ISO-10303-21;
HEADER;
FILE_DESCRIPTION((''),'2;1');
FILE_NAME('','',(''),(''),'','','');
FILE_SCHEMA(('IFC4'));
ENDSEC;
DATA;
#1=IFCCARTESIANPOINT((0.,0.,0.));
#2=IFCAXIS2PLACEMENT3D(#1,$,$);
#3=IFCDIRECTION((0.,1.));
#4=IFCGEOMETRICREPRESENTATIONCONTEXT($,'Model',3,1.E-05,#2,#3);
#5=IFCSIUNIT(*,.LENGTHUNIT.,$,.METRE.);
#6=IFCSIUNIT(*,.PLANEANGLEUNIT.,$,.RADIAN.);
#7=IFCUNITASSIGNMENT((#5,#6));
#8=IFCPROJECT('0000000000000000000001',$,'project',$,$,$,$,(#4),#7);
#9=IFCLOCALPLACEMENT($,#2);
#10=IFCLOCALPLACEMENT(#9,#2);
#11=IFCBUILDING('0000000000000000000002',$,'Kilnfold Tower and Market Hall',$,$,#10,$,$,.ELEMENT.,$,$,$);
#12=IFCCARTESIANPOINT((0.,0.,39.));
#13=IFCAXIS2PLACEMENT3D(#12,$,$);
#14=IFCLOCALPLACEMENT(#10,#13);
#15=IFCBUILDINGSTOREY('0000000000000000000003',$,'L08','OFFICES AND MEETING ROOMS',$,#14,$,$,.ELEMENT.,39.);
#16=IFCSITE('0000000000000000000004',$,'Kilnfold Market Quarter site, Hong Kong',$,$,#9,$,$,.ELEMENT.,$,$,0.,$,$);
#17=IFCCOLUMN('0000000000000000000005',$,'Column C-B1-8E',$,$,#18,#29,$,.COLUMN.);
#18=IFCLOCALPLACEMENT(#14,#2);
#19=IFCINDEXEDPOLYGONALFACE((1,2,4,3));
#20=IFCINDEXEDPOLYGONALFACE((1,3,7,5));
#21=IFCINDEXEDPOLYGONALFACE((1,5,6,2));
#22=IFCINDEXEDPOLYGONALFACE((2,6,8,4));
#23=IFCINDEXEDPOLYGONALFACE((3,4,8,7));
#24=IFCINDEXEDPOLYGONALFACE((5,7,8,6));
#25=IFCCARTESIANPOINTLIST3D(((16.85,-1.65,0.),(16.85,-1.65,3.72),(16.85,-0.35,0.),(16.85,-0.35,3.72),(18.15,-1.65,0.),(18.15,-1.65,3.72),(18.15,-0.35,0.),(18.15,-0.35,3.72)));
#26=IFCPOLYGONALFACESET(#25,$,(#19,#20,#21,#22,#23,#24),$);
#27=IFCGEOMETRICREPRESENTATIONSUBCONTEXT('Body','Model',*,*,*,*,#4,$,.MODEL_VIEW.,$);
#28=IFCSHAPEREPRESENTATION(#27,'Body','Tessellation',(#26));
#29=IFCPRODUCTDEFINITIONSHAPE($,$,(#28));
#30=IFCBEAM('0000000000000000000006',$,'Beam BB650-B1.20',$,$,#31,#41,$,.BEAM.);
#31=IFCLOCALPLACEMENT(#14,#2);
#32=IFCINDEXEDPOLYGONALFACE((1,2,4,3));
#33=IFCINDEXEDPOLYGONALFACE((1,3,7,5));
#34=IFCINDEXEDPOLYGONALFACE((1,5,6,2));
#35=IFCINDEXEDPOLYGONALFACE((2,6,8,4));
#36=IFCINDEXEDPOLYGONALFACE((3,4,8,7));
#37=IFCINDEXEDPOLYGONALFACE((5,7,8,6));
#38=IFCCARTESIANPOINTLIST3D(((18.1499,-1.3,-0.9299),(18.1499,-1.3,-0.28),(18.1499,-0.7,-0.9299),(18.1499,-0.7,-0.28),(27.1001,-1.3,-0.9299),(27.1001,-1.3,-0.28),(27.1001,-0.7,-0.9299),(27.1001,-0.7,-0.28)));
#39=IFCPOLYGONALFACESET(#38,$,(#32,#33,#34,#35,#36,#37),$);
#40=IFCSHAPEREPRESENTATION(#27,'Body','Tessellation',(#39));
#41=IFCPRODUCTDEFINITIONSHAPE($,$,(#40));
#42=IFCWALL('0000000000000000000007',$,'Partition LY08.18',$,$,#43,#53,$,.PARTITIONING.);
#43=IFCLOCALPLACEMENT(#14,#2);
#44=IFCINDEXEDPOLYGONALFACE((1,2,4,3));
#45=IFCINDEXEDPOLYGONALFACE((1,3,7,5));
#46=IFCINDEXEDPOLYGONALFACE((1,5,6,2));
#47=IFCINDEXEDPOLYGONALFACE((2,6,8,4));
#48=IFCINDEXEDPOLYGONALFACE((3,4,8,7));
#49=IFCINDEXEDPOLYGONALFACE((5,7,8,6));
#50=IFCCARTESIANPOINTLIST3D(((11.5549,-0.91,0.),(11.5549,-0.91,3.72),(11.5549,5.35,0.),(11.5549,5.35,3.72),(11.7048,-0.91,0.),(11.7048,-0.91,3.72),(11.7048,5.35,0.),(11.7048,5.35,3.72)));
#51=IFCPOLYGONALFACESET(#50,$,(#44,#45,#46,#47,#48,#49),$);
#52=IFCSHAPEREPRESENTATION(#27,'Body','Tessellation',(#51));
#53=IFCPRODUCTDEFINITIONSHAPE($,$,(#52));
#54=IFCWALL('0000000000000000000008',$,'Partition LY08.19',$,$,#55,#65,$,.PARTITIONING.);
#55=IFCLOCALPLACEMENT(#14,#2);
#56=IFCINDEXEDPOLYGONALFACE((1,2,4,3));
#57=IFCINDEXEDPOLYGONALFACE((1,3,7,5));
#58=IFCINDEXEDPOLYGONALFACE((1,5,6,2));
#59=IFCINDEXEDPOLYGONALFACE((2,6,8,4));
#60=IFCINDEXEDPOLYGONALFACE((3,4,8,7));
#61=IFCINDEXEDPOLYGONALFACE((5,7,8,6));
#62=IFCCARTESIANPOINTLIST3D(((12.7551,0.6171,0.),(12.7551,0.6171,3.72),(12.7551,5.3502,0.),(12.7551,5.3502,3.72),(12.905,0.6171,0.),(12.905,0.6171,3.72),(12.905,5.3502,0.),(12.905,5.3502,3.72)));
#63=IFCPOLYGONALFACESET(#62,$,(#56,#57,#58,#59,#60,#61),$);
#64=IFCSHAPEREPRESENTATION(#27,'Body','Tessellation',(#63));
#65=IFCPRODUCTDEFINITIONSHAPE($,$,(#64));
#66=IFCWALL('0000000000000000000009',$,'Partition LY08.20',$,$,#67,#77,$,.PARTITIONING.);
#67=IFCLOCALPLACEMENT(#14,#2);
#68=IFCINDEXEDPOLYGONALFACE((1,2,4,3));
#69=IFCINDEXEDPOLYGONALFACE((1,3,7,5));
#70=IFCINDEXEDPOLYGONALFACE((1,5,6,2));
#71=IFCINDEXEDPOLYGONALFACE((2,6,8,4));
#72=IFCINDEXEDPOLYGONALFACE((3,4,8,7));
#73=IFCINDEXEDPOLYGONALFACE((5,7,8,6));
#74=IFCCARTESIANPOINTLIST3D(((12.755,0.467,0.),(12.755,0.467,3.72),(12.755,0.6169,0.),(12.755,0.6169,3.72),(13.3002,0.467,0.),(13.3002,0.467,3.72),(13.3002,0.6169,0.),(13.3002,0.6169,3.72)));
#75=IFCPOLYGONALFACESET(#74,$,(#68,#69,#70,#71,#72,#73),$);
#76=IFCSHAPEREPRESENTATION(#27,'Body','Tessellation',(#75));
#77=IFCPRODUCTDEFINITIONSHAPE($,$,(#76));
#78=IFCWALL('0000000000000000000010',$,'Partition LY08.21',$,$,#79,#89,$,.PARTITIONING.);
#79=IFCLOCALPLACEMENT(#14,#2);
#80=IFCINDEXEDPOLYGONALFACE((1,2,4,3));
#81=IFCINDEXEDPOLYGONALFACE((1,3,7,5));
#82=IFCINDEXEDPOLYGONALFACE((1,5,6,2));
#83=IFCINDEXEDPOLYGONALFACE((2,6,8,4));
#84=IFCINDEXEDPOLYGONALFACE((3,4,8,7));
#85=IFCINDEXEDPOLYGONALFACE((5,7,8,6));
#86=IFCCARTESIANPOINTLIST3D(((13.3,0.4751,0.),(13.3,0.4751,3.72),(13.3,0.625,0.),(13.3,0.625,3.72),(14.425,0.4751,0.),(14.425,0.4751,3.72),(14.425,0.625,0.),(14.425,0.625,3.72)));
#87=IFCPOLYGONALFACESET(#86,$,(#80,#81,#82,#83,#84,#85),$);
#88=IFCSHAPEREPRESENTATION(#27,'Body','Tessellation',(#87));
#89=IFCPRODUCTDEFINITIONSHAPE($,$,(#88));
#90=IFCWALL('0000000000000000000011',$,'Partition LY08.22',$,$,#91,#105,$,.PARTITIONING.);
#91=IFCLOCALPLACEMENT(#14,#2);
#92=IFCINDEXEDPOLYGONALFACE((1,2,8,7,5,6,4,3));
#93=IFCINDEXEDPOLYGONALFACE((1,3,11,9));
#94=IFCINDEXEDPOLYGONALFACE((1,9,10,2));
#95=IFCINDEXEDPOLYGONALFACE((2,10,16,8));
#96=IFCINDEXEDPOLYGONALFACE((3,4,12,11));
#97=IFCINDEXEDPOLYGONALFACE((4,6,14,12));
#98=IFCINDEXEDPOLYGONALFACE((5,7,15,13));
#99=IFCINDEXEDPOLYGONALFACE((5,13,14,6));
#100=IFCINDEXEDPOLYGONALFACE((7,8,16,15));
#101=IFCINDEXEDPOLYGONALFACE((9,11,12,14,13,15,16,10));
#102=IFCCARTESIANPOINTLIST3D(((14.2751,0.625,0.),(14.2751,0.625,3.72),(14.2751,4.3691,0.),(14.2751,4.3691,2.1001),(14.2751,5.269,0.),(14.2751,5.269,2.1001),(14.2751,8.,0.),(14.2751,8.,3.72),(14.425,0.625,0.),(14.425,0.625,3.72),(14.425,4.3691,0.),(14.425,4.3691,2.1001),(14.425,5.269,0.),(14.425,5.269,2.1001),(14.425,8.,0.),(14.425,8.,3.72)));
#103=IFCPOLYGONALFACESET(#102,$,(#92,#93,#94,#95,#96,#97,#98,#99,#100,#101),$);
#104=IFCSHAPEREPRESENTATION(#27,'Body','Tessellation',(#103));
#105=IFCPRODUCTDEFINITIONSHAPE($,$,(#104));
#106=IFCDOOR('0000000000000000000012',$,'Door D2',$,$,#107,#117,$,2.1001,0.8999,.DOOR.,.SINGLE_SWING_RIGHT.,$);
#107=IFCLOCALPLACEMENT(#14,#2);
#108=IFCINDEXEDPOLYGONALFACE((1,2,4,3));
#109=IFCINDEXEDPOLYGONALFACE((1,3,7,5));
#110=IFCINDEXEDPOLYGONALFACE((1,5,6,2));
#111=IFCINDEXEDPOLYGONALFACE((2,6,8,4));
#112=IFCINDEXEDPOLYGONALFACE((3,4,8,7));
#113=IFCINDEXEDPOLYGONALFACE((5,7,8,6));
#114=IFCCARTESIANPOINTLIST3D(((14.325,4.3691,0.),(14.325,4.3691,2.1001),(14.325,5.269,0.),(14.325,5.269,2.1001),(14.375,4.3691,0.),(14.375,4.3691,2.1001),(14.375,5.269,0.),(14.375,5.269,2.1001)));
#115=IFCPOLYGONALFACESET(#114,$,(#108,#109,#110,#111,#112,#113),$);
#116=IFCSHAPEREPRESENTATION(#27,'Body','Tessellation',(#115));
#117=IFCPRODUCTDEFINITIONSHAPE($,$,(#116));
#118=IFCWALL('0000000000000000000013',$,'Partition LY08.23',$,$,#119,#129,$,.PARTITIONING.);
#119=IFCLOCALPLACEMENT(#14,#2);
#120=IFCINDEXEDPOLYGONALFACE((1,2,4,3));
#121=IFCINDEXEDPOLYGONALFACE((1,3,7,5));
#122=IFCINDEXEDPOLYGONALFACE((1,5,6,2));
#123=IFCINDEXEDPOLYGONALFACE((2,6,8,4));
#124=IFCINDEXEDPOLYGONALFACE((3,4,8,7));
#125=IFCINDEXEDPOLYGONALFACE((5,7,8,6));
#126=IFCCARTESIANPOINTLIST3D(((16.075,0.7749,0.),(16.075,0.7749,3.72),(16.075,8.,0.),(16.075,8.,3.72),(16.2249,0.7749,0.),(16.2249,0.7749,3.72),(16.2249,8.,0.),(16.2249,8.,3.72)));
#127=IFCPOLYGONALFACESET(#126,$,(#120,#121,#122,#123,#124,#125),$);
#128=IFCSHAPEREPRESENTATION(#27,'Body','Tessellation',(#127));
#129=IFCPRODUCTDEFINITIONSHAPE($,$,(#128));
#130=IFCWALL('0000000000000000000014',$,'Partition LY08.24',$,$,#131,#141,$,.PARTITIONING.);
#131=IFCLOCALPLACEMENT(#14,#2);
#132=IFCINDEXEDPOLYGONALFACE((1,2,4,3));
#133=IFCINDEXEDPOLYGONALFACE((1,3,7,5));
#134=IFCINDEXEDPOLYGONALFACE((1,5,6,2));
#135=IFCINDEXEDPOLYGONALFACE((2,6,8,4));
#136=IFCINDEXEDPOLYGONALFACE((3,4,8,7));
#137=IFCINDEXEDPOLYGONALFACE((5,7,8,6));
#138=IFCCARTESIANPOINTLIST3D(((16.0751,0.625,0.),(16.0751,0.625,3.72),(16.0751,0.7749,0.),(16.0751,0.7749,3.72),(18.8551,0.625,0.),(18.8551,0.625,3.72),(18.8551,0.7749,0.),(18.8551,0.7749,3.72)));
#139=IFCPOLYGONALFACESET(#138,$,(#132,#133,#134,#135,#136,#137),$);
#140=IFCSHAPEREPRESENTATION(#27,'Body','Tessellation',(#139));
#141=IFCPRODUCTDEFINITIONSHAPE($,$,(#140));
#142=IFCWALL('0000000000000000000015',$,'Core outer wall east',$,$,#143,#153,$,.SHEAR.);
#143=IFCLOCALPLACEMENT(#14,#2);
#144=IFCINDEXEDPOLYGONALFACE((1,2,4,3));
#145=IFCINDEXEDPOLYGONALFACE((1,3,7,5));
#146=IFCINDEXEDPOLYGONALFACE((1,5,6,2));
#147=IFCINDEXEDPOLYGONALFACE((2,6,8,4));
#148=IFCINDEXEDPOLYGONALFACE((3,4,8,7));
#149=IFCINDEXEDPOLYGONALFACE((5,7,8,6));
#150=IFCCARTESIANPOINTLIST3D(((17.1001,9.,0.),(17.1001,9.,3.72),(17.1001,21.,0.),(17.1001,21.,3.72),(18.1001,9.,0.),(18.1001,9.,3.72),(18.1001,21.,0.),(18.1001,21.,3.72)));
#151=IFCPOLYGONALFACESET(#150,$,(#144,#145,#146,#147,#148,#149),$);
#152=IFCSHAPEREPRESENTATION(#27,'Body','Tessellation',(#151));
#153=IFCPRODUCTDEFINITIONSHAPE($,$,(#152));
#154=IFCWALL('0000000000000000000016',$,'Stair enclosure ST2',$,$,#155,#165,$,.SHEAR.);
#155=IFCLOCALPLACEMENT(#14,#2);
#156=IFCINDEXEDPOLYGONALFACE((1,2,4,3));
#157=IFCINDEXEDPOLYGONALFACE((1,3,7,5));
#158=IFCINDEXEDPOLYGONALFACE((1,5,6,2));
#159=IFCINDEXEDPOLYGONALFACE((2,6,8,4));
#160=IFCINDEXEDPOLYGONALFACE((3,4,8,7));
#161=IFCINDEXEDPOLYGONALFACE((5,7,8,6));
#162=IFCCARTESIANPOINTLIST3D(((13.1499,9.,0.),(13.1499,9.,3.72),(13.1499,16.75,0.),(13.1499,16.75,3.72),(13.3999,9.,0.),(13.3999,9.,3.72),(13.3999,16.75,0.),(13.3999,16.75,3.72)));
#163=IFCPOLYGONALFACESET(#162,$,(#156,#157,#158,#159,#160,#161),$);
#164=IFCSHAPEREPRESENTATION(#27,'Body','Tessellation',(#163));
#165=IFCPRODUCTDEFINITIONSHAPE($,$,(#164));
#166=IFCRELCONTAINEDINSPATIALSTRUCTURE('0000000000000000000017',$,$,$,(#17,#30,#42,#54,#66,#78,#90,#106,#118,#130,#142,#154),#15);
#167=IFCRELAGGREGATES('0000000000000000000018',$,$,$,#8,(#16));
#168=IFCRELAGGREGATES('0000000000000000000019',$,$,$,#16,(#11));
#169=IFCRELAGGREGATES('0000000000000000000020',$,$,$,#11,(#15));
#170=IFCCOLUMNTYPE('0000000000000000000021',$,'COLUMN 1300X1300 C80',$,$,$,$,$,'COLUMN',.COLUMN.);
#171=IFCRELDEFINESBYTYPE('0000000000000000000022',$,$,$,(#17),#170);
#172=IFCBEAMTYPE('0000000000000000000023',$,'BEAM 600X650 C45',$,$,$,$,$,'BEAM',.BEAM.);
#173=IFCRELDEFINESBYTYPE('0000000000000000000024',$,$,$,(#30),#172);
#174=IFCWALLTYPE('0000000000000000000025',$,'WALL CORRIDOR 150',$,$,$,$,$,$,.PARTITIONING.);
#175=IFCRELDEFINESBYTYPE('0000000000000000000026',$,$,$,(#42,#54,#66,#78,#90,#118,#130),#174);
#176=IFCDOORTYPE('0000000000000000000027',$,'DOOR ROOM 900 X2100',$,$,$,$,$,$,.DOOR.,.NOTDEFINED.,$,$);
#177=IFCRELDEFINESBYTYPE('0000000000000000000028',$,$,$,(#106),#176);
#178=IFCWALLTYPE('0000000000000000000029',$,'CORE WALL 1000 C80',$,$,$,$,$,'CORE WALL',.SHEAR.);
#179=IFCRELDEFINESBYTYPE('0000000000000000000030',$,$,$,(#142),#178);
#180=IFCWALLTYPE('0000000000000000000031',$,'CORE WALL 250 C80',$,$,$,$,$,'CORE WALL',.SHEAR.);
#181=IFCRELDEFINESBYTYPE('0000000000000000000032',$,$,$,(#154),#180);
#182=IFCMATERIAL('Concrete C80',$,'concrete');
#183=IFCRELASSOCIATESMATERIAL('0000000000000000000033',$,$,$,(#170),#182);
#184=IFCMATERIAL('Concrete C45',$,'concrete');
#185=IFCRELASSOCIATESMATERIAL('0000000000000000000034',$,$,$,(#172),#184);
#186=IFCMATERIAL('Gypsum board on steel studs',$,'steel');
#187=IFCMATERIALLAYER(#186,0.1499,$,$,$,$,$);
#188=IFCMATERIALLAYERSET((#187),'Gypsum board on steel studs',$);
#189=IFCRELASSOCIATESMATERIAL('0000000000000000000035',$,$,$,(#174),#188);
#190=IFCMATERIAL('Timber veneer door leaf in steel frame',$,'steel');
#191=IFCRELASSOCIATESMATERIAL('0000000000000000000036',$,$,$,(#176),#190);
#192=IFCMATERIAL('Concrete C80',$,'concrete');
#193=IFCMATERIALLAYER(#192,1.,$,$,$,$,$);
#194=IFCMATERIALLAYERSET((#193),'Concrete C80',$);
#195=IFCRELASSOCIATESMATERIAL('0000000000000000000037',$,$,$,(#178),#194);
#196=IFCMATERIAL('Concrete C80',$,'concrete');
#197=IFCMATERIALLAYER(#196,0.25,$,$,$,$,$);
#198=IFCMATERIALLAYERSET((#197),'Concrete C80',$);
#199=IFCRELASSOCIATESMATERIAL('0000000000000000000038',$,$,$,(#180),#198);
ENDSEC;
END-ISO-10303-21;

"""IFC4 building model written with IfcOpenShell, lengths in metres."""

from ifc_helpers import new_model, si_unit, direction, frame, frame_2d, origin, origin_2d, place, context, subcontext, project, spatial, rectangle, extrude, source, transform, mapped, material, layer, layer_set, material_profile, profile_set, type_object, element, fill, save


model = new_model("IFC4")

# Units and contexts
model_context = context("Model", 3, precision=1e-05, world=origin(), true_north=direction((0.0, 1.0)))
body_context = subcontext(model_context, "Body", "Model", "MODEL_VIEW")
ifc_project = project(units=[si_unit("LENGTHUNIT", "METRE"), si_unit("PLANEANGLEUNIT", "RADIAN")], contexts=[model_context])

# Site, building, storey
site_placement = place(None, origin())
site = spatial("IfcSite", under=ifc_project, at=site_placement, Name="Kilnfold Market Quarter site, Hong Kong", CompositionType="ELEMENT", RefElevation=0.0)
building_placement = place(site_placement, origin())
building = spatial("IfcBuilding", under=site, at=building_placement, Name="Kilnfold Tower and Market Hall", CompositionType="ELEMENT")
storey_placement = place(building_placement, frame((0.0, 0.0, 39.0)))
storey = spatial("IfcBuildingStorey", under=building, at=storey_placement, Name="L08", Description="OFFICES AND MEETING ROOMS", CompositionType="ELEMENT", Elevation=39.0)

# Column
ifc_material_1 = material(Name="Concrete C80", Category="concrete")
ifc_material_profile_1 = material_profile(ifc_material_1, rectangle(XDim=1.3, YDim=1.3, at=origin_2d()), Name="RC 1300x1300")
ifc_profile_set_1 = profile_set([ifc_material_profile_1], Name="Concrete C80")
column_type = type_object("IfcColumnType", Name="COLUMN 1300X1300 C80", ElementType="COLUMN", PredefinedType="COLUMN", material=ifc_profile_set_1)
shared_shape_1 = source(origin(), body_context, "Body", "SweptSolid", [
    extrude(rectangle(XDim=1.3, YDim=1.3, at=origin_2d()), origin(), (0.0, 0.0, 1.0), 3.72),
])
column_placement = place(storey_placement, frame((17.5, -1.0, 0.0), z_axis=(0.0, 0.0, 1.0), x_axis=(1.0, 0.0, 0.0)))
element("IfcColumn", 1, at=column_placement, inside=storey, type_object=column_type, Name="Column C-B1-8E", PredefinedType="COLUMN", context=body_context, shape_type="MappedRepresentation", body=[
    mapped(shared_shape_1, transform((0.0, 0.0, 0.0))),
])

# Beam
ifc_material_2 = material(Name="Concrete C45", Category="concrete")
ifc_material_profile_2 = material_profile(ifc_material_2, rectangle(XDim=0.6001, YDim=0.6499, at=origin_2d()), Name="RC 600x650")
ifc_profile_set_2 = profile_set([ifc_material_profile_2], Name="Concrete C45")
beam_type = type_object("IfcBeamType", Name="BEAM 600X650 C45", ElementType="BEAM", PredefinedType="BEAM", material=ifc_profile_set_2)
shared_shape_2 = source(origin(), body_context, "Body", "SweptSolid", [
    extrude(rectangle(XDim=0.6001, YDim=0.6499, at=origin_2d()), origin(), (0.0, 0.0, 1.0), 8.9502),
])
beam_placement = place(storey_placement, frame((18.1499, -1.0, -0.605), z_axis=(1.0, 0.0, 0.0), x_axis=(0.0, 1.0, 0.0)))
element("IfcBeam", 2, at=beam_placement, inside=storey, type_object=beam_type, Name="Beam BB650-B1.20", PredefinedType="BEAM", context=body_context, shape_type="MappedRepresentation", body=[
    mapped(shared_shape_2, transform((0.0, 0.0, 0.0))),
])

# Walls
ifc_material_3 = material(Name="Gypsum board on steel studs", Category="steel")
ifc_layer_1 = layer(ifc_material_3, 0.1499)
ifc_layer_set_1 = layer_set([ifc_layer_1], Name="Gypsum board on steel studs")
wall_type_1 = type_object("IfcWallType", Name="WALL CORRIDOR 150", PredefinedType="PARTITIONING", material=ifc_layer_set_1)
wall_1_placement = place(storey_placement, frame((11.6299, -0.9099, 0.0), z_axis=(0.0, 0.0, 1.0), x_axis=(0.0, 1.0, 0.0)))
element("IfcWall", 3, at=wall_1_placement, inside=storey, type_object=wall_type_1, Name="Partition LY08.18", PredefinedType="PARTITIONING", context=body_context, shape_type="SweptSolid", body=[
    extrude(rectangle(XDim=6.26, YDim=0.1499, at=frame_2d((3.1299, 0.0))), origin(), (0.0, 0.0, 1.0), 3.72),
])
wall_2_placement = place(storey_placement, frame((12.8301, 0.6169, 0.0), z_axis=(0.0, 0.0, 1.0), x_axis=(0.0, 1.0, 0.0)))
element("IfcWall", 4, at=wall_2_placement, inside=storey, type_object=wall_type_1, Name="Partition LY08.19", PredefinedType="PARTITIONING", context=body_context, shape_type="SweptSolid", body=[
    extrude(rectangle(XDim=4.7332, YDim=0.1499, at=frame_2d((2.3667, 0.0))), origin(), (0.0, 0.0, 1.0), 3.72),
])
wall_3_placement = place(storey_placement, frame((13.3, 0.542, 0.0), z_axis=(0.0, 0.0, 1.0), x_axis=(-1.0, 0.0, 0.0)))
element("IfcWall", 5, at=wall_3_placement, inside=storey, type_object=wall_type_1, Name="Partition LY08.20", PredefinedType="PARTITIONING", context=body_context, shape_type="SweptSolid", body=[
    extrude(rectangle(XDim=0.5452, YDim=0.1499, at=frame_2d((0.2725, 0.0))), origin(), (0.0, 0.0, 1.0), 3.72),
])
wall_4_placement = place(storey_placement, frame((13.3, 0.55, 0.0), z_axis=(0.0, 0.0, 1.0), x_axis=(1.0, 0.0, 0.0)))
element("IfcWall", 6, at=wall_4_placement, inside=storey, type_object=wall_type_1, Name="Partition LY08.21", PredefinedType="PARTITIONING", context=body_context, shape_type="SweptSolid", body=[
    extrude(rectangle(XDim=1.125, YDim=0.1499, at=frame_2d((0.5625, 0.0))), origin(), (0.0, 0.0, 1.0), 3.72),
])

# Wall, opening, door
wall_5_placement = place(storey_placement, frame((14.3501, 8.0, 0.0), z_axis=(0.0, 0.0, 1.0), x_axis=(0.0, -1.0, 0.0)))
wall_5 = element("IfcWall", 7, at=wall_5_placement, inside=storey, type_object=wall_type_1, Name="Partition LY08.22", PredefinedType="PARTITIONING", context=body_context, shape_type="SweptSolid", body=[
    extrude(rectangle(XDim=7.375, YDim=0.1499, at=frame_2d((3.6875, 0.0))), origin(), (0.0, 0.0, 1.0), 3.72),
])
opening_1_placement = place(wall_5_placement, frame((2.731, 0.0, 0.0)))
opening_1 = element("IfcOpeningElement", 8, at=opening_1_placement, cuts=wall_5, PredefinedType="OPENING", context=body_context, shape_type="SweptSolid", body=[
    extrude(rectangle(XDim=0.8999, YDim=2.1001, at=frame_2d((0.45, 1.05))), frame((0.0, 0.085, 0.0), z_axis=(0.0, -1.0, 0.0), x_axis=(1.0, 0.0, 0.0)), (0.0, 0.0, 1.0), 0.1699),
])
ifc_material_4 = material(Name="Timber veneer door leaf in steel frame", Category="steel")
door_type_1 = type_object("IfcDoorType", Name="DOOR ROOM 900 X2100", OperationType="NOTDEFINED", PredefinedType="DOOR", material=ifc_material_4)
door_1_placement = place(opening_1_placement, origin())
door_1 = element("IfcDoor", 9, at=door_1_placement, inside=storey, type_object=door_type_1, Name="Door D2", OperationType="SINGLE_SWING_RIGHT", OverallHeight=2.1001, OverallWidth=0.8999, PredefinedType="DOOR", context=body_context, shape_type="SweptSolid", body=[
    extrude(rectangle(XDim=0.8999, YDim=2.1001, at=frame_2d((0.45, 1.05))), frame((0.0, 0.0249, 0.0), z_axis=(0.0, -1.0, 0.0), x_axis=(1.0, 0.0, 0.0)), (0.0, 0.0, 1.0), 0.05),
])
fill(opening_1, door_1)

# Walls
wall_6_placement = place(storey_placement, frame((16.1499, 0.7749, 0.0), z_axis=(0.0, 0.0, 1.0), x_axis=(0.0, 1.0, 0.0)))
element("IfcWall", 10, at=wall_6_placement, inside=storey, type_object=wall_type_1, Name="Partition LY08.23", PredefinedType="PARTITIONING", context=body_context, shape_type="SweptSolid", body=[
    extrude(rectangle(XDim=7.2251, YDim=0.1499, at=frame_2d((3.6125, 0.0))), origin(), (0.0, 0.0, 1.0), 3.72),
])
wall_7_placement = place(storey_placement, frame((16.075, 0.7, 0.0), z_axis=(0.0, 0.0, 1.0), x_axis=(1.0, 0.0, 0.0)))
element("IfcWall", 11, at=wall_7_placement, inside=storey, type_object=wall_type_1, Name="Partition LY08.24", PredefinedType="PARTITIONING", context=body_context, shape_type="SweptSolid", body=[
    extrude(rectangle(XDim=2.78, YDim=0.1499, at=frame_2d((1.3901, 0.0))), origin(), (0.0, 0.0, 1.0), 3.72),
])

# Shared definitions
ifc_material_5 = material(Name="Concrete C80", Category="concrete")
ifc_layer_2 = layer(ifc_material_5, 1.0)
ifc_layer_set_2 = layer_set([ifc_layer_2], Name="Concrete C80")
wall_type_2 = type_object("IfcWallType", Name="CORE WALL 1000 C80", ElementType="CORE WALL", PredefinedType="SHEAR", material=ifc_layer_set_2)

# Walls
shared_shape_3 = source(origin(), body_context, "Body", "SweptSolid", [
    extrude(rectangle(XDim=12.0, YDim=1.0, at=frame_2d((6.0, 0.0))), origin(), (0.0, 0.0, 1.0), 3.72),
])
wall_8_placement = place(storey_placement, frame((17.6001, 9.0, 0.0), z_axis=(0.0, 0.0, 1.0), x_axis=(0.0, 1.0, 0.0)))
element("IfcWall", 12, at=wall_8_placement, inside=storey, type_object=wall_type_2, Name="Core outer wall east", PredefinedType="SHEAR", context=body_context, shape_type="MappedRepresentation", body=[
    mapped(shared_shape_3, transform((0.0, 0.0, 0.0))),
])
ifc_material_6 = material(Name="Concrete C80", Category="concrete")
ifc_layer_3 = layer(ifc_material_6, 0.25)
ifc_layer_set_3 = layer_set([ifc_layer_3], Name="Concrete C80")
wall_type_3 = type_object("IfcWallType", Name="CORE WALL 250 C80", ElementType="CORE WALL", PredefinedType="SHEAR", material=ifc_layer_set_3)
shared_shape_4 = source(origin(), body_context, "Body", "SweptSolid", [
    extrude(rectangle(XDim=7.75, YDim=0.25, at=frame_2d((3.875, 0.0))), origin(), (0.0, 0.0, 1.0), 3.72),
])
wall_9_placement = place(storey_placement, frame((13.2749, 9.0, 0.0), z_axis=(0.0, 0.0, 1.0), x_axis=(0.0, 1.0, 0.0)))
element("IfcWall", 13, at=wall_9_placement, inside=storey, type_object=wall_type_3, Name="Stair enclosure ST2", PredefinedType="SHEAR", context=body_context, shape_type="MappedRepresentation", body=[
    mapped(shared_shape_4, transform((0.0, 0.0, 0.0))),
])

save(model, "model.ifc")
